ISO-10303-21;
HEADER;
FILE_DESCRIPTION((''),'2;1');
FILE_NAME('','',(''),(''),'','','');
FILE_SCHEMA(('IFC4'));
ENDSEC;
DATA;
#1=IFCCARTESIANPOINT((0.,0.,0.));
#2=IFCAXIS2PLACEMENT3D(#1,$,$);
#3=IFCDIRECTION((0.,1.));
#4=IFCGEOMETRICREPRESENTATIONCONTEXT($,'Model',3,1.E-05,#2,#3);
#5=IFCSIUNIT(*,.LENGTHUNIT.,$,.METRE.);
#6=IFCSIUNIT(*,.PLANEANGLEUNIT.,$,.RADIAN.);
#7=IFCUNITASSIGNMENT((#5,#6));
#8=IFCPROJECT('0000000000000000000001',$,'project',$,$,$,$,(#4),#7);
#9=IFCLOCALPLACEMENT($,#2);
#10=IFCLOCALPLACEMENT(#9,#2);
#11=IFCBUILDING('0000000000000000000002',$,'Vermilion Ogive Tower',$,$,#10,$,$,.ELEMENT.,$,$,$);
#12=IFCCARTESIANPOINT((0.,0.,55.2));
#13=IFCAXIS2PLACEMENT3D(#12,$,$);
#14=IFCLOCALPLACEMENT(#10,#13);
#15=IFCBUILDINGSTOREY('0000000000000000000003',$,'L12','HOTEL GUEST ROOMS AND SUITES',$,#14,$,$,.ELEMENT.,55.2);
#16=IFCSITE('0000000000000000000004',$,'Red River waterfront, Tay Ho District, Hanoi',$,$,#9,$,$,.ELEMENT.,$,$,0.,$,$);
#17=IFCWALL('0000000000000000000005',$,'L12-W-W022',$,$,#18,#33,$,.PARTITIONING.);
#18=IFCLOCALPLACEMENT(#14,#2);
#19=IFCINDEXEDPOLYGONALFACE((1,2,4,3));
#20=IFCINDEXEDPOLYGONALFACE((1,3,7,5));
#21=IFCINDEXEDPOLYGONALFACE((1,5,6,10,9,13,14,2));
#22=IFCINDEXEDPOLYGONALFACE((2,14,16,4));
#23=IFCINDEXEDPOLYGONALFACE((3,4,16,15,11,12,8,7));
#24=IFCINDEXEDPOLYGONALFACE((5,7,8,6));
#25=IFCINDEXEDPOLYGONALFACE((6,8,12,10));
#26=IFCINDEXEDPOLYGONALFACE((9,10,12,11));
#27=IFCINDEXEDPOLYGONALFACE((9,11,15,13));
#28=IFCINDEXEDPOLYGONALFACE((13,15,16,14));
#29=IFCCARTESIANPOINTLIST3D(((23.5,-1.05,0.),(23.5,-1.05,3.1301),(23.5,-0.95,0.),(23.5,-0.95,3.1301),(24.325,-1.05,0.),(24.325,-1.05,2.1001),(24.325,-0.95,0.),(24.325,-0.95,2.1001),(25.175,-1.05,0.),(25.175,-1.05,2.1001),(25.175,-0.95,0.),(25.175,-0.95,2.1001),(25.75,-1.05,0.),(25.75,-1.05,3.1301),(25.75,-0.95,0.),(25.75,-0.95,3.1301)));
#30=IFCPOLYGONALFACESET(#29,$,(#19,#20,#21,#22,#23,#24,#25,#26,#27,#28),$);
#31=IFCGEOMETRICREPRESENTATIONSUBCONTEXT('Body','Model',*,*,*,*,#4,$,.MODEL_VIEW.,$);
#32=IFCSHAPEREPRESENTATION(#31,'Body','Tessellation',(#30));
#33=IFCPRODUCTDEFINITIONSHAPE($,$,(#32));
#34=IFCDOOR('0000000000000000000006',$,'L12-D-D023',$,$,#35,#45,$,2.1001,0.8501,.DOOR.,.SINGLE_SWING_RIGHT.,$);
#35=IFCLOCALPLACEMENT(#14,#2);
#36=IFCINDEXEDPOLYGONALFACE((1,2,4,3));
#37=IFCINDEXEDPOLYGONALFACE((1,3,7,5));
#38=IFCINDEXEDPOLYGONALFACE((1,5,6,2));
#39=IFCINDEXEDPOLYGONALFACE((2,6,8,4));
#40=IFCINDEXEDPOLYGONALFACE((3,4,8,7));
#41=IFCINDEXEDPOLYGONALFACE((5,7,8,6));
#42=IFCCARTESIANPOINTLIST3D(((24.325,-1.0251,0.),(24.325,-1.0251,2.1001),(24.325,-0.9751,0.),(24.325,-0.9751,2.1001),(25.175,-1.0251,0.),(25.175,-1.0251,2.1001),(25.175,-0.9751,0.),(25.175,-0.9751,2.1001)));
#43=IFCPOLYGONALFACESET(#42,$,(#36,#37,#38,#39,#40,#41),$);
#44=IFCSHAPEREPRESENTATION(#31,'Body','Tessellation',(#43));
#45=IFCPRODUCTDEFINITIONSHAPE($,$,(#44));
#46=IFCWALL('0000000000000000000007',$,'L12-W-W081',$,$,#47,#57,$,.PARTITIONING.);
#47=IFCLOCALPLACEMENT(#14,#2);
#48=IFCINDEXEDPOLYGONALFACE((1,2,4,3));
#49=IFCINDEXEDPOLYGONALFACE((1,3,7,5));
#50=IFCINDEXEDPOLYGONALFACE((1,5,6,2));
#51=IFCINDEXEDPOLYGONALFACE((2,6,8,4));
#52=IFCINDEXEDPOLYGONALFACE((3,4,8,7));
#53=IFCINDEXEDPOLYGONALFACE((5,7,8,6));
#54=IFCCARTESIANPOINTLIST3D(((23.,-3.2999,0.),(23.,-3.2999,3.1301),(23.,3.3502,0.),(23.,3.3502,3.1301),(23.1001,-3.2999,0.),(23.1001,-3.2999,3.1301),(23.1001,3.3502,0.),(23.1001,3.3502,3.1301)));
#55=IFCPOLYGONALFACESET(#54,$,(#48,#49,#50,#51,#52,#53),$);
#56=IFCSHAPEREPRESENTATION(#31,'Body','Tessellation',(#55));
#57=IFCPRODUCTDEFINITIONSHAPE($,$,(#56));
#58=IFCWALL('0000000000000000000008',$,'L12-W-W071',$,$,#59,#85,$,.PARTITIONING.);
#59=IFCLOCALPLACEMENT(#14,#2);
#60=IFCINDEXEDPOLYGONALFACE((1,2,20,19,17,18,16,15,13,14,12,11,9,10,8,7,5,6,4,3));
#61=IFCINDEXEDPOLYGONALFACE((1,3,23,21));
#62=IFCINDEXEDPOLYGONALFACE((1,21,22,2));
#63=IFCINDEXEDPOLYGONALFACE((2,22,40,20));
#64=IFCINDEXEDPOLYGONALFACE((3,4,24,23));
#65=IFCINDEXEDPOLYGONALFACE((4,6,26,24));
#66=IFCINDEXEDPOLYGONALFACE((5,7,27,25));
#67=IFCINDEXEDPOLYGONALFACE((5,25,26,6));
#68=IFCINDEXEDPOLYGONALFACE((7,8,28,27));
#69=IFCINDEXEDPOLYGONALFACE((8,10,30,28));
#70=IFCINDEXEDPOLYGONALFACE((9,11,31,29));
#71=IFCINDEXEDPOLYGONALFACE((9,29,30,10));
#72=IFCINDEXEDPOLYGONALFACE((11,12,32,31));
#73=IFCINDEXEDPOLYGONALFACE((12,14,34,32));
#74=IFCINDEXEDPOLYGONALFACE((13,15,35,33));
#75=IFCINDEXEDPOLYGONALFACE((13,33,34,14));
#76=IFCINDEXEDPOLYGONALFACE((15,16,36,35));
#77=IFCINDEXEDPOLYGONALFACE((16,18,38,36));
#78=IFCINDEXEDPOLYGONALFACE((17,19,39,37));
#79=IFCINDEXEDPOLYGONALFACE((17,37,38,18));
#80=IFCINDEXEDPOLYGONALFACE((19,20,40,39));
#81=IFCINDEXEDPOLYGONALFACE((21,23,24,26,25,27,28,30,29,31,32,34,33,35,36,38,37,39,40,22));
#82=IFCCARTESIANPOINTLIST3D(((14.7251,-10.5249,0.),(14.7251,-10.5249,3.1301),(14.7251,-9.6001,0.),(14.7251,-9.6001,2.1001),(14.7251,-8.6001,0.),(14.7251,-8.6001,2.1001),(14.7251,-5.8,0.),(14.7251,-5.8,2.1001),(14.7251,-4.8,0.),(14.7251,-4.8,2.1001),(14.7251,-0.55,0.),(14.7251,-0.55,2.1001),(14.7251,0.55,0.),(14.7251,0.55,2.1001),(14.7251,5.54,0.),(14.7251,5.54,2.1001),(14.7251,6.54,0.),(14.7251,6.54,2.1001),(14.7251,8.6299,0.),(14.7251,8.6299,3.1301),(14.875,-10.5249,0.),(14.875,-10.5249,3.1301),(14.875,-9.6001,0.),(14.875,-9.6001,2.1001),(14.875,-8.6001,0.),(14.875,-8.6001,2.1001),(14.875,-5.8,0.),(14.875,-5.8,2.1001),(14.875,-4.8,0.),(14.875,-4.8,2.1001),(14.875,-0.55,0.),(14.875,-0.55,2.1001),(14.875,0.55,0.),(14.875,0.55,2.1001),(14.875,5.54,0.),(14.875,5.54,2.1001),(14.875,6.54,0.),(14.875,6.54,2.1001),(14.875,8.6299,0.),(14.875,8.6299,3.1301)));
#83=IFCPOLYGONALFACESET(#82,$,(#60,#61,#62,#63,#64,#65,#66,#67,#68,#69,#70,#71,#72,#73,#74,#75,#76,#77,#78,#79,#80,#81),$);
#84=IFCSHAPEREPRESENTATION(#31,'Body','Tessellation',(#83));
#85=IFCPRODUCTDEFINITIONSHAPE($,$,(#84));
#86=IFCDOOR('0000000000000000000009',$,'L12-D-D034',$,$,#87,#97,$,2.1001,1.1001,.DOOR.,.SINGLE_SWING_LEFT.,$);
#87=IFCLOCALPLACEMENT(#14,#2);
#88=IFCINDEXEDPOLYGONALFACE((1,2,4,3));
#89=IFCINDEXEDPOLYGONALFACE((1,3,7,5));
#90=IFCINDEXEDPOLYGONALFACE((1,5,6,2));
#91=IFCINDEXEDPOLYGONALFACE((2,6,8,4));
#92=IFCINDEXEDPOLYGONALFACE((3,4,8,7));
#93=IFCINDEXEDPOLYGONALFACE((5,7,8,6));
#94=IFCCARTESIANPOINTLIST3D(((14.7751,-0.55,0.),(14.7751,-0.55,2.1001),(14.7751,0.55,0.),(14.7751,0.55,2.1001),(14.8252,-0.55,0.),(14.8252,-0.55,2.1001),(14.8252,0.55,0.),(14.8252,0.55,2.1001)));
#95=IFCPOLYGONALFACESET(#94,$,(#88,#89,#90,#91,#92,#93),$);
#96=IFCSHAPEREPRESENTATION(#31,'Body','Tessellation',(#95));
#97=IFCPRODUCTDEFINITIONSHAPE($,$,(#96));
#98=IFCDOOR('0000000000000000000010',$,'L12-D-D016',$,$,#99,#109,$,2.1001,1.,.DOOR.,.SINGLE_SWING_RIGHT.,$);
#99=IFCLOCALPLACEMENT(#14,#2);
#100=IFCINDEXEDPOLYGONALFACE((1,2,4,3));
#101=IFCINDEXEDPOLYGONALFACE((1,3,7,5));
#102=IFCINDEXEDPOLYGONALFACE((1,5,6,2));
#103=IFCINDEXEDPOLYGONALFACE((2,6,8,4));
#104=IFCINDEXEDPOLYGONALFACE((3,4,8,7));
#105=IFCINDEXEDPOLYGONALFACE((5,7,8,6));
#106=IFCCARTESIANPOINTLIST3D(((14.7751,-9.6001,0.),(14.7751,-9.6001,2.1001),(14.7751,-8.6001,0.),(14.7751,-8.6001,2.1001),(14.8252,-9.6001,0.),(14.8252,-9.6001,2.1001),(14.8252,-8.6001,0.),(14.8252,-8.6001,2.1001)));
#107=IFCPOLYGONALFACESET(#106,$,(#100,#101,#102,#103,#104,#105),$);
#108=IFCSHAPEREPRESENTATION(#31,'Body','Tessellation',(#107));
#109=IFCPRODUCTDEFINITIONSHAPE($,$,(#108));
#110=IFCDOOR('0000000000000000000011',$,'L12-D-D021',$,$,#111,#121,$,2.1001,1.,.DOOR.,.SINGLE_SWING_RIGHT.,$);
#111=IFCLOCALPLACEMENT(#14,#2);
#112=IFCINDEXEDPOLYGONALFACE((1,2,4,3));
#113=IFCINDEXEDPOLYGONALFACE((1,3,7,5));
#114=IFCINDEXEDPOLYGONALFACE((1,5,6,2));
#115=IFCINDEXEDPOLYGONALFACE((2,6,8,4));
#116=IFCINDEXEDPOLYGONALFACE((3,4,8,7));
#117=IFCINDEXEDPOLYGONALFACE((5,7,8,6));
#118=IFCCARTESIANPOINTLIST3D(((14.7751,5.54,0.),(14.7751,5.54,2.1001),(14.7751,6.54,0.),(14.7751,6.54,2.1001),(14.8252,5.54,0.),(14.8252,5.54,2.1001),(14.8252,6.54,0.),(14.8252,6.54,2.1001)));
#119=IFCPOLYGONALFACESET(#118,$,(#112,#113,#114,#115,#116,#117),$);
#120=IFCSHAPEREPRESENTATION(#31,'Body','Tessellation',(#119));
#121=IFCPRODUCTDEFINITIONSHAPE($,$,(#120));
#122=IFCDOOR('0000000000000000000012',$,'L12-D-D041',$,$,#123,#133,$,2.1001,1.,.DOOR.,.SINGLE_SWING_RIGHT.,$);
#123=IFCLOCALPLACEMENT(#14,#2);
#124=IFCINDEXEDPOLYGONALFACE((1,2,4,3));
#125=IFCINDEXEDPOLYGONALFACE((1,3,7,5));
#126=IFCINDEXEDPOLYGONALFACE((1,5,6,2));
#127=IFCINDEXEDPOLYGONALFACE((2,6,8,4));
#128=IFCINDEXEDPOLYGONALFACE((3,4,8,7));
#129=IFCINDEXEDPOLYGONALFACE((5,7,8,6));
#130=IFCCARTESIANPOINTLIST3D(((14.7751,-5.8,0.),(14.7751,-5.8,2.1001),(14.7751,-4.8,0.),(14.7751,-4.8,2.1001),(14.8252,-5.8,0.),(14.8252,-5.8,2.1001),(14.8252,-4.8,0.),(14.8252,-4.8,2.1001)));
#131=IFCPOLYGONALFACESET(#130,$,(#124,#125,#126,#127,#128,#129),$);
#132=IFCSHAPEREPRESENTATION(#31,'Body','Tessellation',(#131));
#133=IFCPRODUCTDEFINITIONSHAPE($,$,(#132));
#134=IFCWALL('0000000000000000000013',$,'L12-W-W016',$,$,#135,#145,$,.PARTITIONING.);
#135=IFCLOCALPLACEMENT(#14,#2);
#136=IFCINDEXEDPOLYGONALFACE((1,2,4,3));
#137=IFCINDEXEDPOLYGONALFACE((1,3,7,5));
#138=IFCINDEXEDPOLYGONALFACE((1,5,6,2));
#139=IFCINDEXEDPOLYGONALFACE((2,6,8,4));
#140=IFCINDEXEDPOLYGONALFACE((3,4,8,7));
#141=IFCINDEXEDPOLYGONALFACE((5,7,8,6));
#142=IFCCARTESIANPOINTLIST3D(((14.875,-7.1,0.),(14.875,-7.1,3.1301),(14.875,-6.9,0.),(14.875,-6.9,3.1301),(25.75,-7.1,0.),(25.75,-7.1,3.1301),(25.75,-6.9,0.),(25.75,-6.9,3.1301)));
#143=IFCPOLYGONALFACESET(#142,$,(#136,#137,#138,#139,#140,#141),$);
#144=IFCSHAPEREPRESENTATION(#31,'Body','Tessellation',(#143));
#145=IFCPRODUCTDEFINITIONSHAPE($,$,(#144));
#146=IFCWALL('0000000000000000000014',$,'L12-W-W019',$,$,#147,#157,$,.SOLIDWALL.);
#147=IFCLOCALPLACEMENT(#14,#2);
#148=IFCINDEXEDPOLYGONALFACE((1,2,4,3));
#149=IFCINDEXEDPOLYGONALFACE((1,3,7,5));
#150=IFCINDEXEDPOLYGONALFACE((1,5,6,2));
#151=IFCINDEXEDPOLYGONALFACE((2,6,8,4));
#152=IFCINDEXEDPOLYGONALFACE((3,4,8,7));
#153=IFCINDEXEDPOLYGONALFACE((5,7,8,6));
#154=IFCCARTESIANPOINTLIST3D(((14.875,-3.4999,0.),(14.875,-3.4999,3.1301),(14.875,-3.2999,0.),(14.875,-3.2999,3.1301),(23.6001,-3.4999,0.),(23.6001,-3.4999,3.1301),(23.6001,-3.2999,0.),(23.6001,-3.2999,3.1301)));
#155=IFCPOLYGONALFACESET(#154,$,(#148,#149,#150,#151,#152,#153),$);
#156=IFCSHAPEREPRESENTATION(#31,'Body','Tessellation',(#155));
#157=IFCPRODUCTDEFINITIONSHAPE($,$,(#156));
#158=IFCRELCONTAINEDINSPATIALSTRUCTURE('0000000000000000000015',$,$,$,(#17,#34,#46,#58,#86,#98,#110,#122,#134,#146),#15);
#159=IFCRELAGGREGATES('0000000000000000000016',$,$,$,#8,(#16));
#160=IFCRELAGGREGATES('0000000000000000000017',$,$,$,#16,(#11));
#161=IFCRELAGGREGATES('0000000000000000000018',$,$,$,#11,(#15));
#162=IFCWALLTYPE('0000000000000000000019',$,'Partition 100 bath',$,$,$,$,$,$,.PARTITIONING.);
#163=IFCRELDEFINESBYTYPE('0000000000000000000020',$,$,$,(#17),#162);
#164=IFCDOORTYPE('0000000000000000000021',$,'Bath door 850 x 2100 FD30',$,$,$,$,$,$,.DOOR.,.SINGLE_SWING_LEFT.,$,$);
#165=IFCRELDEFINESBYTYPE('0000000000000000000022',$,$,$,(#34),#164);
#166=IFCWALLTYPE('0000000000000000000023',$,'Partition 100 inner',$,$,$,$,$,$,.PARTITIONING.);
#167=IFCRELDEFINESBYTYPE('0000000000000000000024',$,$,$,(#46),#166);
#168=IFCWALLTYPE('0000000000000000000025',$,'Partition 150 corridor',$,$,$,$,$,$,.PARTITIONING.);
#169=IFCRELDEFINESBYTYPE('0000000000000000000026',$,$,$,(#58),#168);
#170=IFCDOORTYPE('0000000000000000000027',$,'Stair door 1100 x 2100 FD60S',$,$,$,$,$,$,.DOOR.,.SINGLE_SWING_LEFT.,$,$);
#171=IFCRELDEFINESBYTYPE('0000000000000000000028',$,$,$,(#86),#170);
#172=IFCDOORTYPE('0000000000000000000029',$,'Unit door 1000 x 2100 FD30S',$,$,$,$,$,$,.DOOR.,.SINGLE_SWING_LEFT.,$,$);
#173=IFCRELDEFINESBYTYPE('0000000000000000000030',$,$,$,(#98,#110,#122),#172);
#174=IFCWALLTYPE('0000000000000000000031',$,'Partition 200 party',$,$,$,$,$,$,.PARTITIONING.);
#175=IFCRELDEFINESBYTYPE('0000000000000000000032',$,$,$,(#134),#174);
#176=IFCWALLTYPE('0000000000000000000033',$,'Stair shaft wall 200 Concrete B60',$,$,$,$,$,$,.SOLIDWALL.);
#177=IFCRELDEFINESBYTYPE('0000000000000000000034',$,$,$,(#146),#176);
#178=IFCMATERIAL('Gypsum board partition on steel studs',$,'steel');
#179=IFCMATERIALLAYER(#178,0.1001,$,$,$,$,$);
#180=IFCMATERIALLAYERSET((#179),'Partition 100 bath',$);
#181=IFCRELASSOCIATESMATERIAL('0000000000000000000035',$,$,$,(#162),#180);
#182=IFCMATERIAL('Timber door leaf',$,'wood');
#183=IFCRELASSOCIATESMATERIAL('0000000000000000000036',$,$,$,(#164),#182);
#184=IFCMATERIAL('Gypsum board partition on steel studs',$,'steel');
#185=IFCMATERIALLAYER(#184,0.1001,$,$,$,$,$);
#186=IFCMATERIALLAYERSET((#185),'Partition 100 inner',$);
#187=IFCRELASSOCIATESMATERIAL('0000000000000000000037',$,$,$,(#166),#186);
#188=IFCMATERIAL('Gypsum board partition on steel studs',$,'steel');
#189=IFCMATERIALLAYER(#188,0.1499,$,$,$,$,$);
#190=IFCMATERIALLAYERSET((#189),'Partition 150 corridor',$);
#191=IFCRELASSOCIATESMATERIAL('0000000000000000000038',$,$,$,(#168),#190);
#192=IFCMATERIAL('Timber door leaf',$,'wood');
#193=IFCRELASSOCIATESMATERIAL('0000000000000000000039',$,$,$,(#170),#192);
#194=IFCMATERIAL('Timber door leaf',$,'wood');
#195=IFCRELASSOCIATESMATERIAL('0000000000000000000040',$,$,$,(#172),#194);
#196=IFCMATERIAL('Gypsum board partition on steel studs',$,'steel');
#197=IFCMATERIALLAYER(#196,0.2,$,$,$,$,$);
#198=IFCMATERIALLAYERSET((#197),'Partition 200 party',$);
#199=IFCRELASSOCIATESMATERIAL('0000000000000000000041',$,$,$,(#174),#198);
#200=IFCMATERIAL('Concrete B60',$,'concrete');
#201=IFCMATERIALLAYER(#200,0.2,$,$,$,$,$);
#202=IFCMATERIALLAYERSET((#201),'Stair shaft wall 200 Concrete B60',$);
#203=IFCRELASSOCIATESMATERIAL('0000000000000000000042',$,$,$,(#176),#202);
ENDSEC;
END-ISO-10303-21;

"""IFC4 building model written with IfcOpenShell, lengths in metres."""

from ifc_helpers import new_model, si_unit, direction, frame, frame_2d, origin, place, context, subcontext, project, spatial, rectangle, extrude, material, layer, layer_set, type_object, element, fill, save


model = new_model("IFC4")

# Units and contexts
model_context = context("Model", 3, precision=1e-05, world=origin(), true_north=direction((0.0, 1.0)))
body_context = subcontext(model_context, "Body", "Model", "MODEL_VIEW")
ifc_project = project(units=[si_unit("LENGTHUNIT", "METRE"), si_unit("PLANEANGLEUNIT", "RADIAN")], contexts=[model_context])

# Site, building, storey
site_placement = place(None, origin())
site = spatial("IfcSite", under=ifc_project, at=site_placement, Name="Red River waterfront, Tay Ho District, Hanoi", CompositionType="ELEMENT", RefElevation=0.0)
building_placement = place(site_placement, origin())
building = spatial("IfcBuilding", under=site, at=building_placement, Name="Vermilion Ogive Tower", CompositionType="ELEMENT")
storey_placement = place(building_placement, frame((0.0, 0.0, 55.2)))
storey = spatial("IfcBuildingStorey", under=building, at=storey_placement, Name="L12", Description="HOTEL GUEST ROOMS AND SUITES", CompositionType="ELEMENT", Elevation=55.2)

# Shared definitions
ifc_material_1 = material(Name="Gypsum board partition on steel studs", Category="steel")
ifc_layer_1 = layer(ifc_material_1, 0.1001)
ifc_layer_set_1 = layer_set([ifc_layer_1], Name="Partition 100 bath")
wall_type_1 = type_object("IfcWallType", Name="Partition 100 bath", PredefinedType="PARTITIONING", material=ifc_layer_set_1)

# Wall, opening, door
wall_1_placement = place(storey_placement, frame((23.5, -1.0, 0.0), z_axis=(0.0, 0.0, 1.0), x_axis=(1.0, 0.0, 0.0)))
wall_1 = element("IfcWall", 1, at=wall_1_placement, inside=storey, type_object=wall_type_1, Name="L12-W-W022", PredefinedType="PARTITIONING", context=body_context, shape_type="SweptSolid", body=[
    extrude(rectangle(XDim=2.25, YDim=0.1001, at=frame_2d((1.125, 0.0))), origin(), (0.0, 0.0, 1.0), 3.1301),
])
opening_1_placement = place(wall_1_placement, frame((0.825, 0.0, 0.0)))
opening_1 = element("IfcOpeningElement", 2, at=opening_1_placement, cuts=wall_1, PredefinedType="OPENING", context=body_context, shape_type="SweptSolid", body=[
    extrude(rectangle(XDim=0.8501, YDim=2.1001, at=frame_2d((0.425, 1.05))), frame((0.0, 0.0601, 0.0), z_axis=(0.0, -1.0, 0.0), x_axis=(1.0, 0.0, 0.0)), (0.0, 0.0, 1.0), 0.1201),
])
ifc_material_2 = material(Name="Timber door leaf", Category="wood")
door_type_1 = type_object("IfcDoorType", Name="Bath door 850 x 2100 FD30", OperationType="SINGLE_SWING_LEFT", PredefinedType="DOOR", material=ifc_material_2)
door_1_placement = place(opening_1_placement, origin())
door_1 = element("IfcDoor", 3, at=door_1_placement, inside=storey, type_object=door_type_1, Name="L12-D-D023", OperationType="SINGLE_SWING_RIGHT", OverallHeight=2.1001, OverallWidth=0.8501, PredefinedType="DOOR", context=body_context, shape_type="SweptSolid", body=[
    extrude(rectangle(XDim=0.8501, YDim=2.1001, at=frame_2d((0.425, 1.05))), frame((0.0, 0.0249, 0.0), z_axis=(0.0, -1.0, 0.0), x_axis=(1.0, 0.0, 0.0)), (0.0, 0.0, 1.0), 0.05),
])
fill(opening_1, door_1)

# Wall
ifc_material_3 = material(Name="Gypsum board partition on steel studs", Category="steel")
ifc_layer_2 = layer(ifc_material_3, 0.1001)
ifc_layer_set_2 = layer_set([ifc_layer_2], Name="Partition 100 inner")
wall_type_2 = type_object("IfcWallType", Name="Partition 100 inner", PredefinedType="PARTITIONING", material=ifc_layer_set_2)
wall_2_placement = place(storey_placement, frame((23.05, -3.3, 0.0), z_axis=(0.0, 0.0, 1.0), x_axis=(0.0, 1.0, 0.0)))
element("IfcWall", 4, at=wall_2_placement, inside=storey, type_object=wall_type_2, Name="L12-W-W081", PredefinedType="PARTITIONING", context=body_context, shape_type="SweptSolid", body=[
    extrude(rectangle(XDim=6.6501, YDim=0.1001, at=frame_2d((3.3252, 0.0))), origin(), (0.0, 0.0, 1.0), 3.1301),
])

# Wall, openings, doors
ifc_material_4 = material(Name="Gypsum board partition on steel studs", Category="steel")
ifc_layer_3 = layer(ifc_material_4, 0.1499)
ifc_layer_set_3 = layer_set([ifc_layer_3], Name="Partition 150 corridor")
wall_type_3 = type_object("IfcWallType", Name="Partition 150 corridor", PredefinedType="PARTITIONING", material=ifc_layer_set_3)
wall_3_placement = place(storey_placement, frame((14.8, -10.5249, 0.0), z_axis=(0.0, 0.0, 1.0), x_axis=(0.0, 1.0, 0.0)))
wall_3 = element("IfcWall", 5, at=wall_3_placement, inside=storey, type_object=wall_type_3, Name="L12-W-W071", PredefinedType="PARTITIONING", context=body_context, shape_type="SweptSolid", body=[
    extrude(rectangle(XDim=19.1548, YDim=0.1499, at=frame_2d((9.5774, 0.0))), origin(), (0.0, 0.0, 1.0), 3.1301),
])
opening_2_placement = place(wall_3_placement, frame((0.9248, 0.0, 0.0)))
opening_2 = element("IfcOpeningElement", 6, at=opening_2_placement, cuts=wall_3, PredefinedType="OPENING", context=body_context, shape_type="SweptSolid", body=[
    extrude(rectangle(XDim=1.0, YDim=2.1001, at=frame_2d((0.5, 1.05))), frame((0.0, 0.085, 0.0), z_axis=(0.0, -1.0, 0.0), x_axis=(1.0, 0.0, 0.0)), (0.0, 0.0, 1.0), 0.1699),
])
opening_3_placement = place(wall_3_placement, frame((16.0649, 0.0, 0.0)))
opening_3 = element("IfcOpeningElement", 7, at=opening_3_placement, cuts=wall_3, PredefinedType="OPENING", context=body_context, shape_type="SweptSolid", body=[
    extrude(rectangle(XDim=1.0, YDim=2.1001, at=frame_2d((0.5, 1.05))), frame((0.0, 0.085, 0.0), z_axis=(0.0, -1.0, 0.0), x_axis=(1.0, 0.0, 0.0)), (0.0, 0.0, 1.0), 0.1699),
])
opening_4_placement = place(wall_3_placement, frame((9.9749, 0.0, 0.0)))
opening_4 = element("IfcOpeningElement", 8, at=opening_4_placement, cuts=wall_3, PredefinedType="OPENING", context=body_context, shape_type="SweptSolid", body=[
    extrude(rectangle(XDim=1.1001, YDim=2.1001, at=frame_2d((0.55, 1.05))), frame((0.0, 0.085, 0.0), z_axis=(0.0, -1.0, 0.0), x_axis=(1.0, 0.0, 0.0)), (0.0, 0.0, 1.0), 0.1699),
])
opening_5_placement = place(wall_3_placement, frame((4.7249, 0.0, 0.0)))
opening_5 = element("IfcOpeningElement", 9, at=opening_5_placement, cuts=wall_3, PredefinedType="OPENING", context=body_context, shape_type="SweptSolid", body=[
    extrude(rectangle(XDim=1.0, YDim=2.1001, at=frame_2d((0.5, 1.05))), frame((0.0, 0.085, 0.0), z_axis=(0.0, -1.0, 0.0), x_axis=(1.0, 0.0, 0.0)), (0.0, 0.0, 1.0), 0.1699),
])
ifc_material_5 = material(Name="Timber door leaf", Category="wood")
door_type_2 = type_object("IfcDoorType", Name="Stair door 1100 x 2100 FD60S", OperationType="SINGLE_SWING_LEFT", PredefinedType="DOOR", material=ifc_material_5)
door_2_placement = place(opening_4_placement, origin())
door_2 = element("IfcDoor", 10, at=door_2_placement, inside=storey, type_object=door_type_2, Name="L12-D-D034", OperationType="SINGLE_SWING_LEFT", OverallHeight=2.1001, OverallWidth=1.1001, PredefinedType="DOOR", context=body_context, shape_type="SweptSolid", body=[
    extrude(rectangle(XDim=1.1001, YDim=2.1001, at=frame_2d((0.55, 1.05))), frame((0.0, 0.0249, 0.0), z_axis=(0.0, -1.0, 0.0), x_axis=(1.0, 0.0, 0.0)), (0.0, 0.0, 1.0), 0.05),
])
fill(opening_4, door_2)
ifc_material_6 = material(Name="Timber door leaf", Category="wood")
door_type_3 = type_object("IfcDoorType", Name="Unit door 1000 x 2100 FD30S", OperationType="SINGLE_SWING_LEFT", PredefinedType="DOOR", material=ifc_material_6)
door_3_placement = place(opening_2_placement, origin())
door_3 = element("IfcDoor", 11, at=door_3_placement, inside=storey, type_object=door_type_3, Name="L12-D-D016", OperationType="SINGLE_SWING_RIGHT", OverallHeight=2.1001, OverallWidth=1.0, PredefinedType="DOOR", context=body_context, shape_type="SweptSolid", body=[
    extrude(rectangle(XDim=1.0, YDim=2.1001, at=frame_2d((0.5, 1.05))), frame((0.0, 0.0249, 0.0), z_axis=(0.0, -1.0, 0.0), x_axis=(1.0, 0.0, 0.0)), (0.0, 0.0, 1.0), 0.05),
])
fill(opening_2, door_3)
door_4_placement = place(opening_3_placement, origin())
door_4 = element("IfcDoor", 12, at=door_4_placement, inside=storey, type_object=door_type_3, Name="L12-D-D021", OperationType="SINGLE_SWING_RIGHT", OverallHeight=2.1001, OverallWidth=1.0, PredefinedType="DOOR", context=body_context, shape_type="SweptSolid", body=[
    extrude(rectangle(XDim=1.0, YDim=2.1001, at=frame_2d((0.5, 1.05))), frame((0.0, 0.0249, 0.0), z_axis=(0.0, -1.0, 0.0), x_axis=(1.0, 0.0, 0.0)), (0.0, 0.0, 1.0), 0.05),
])
fill(opening_3, door_4)
door_5_placement = place(opening_5_placement, origin())
door_5 = element("IfcDoor", 13, at=door_5_placement, inside=storey, type_object=door_type_3, Name="L12-D-D041", OperationType="SINGLE_SWING_RIGHT", OverallHeight=2.1001, OverallWidth=1.0, PredefinedType="DOOR", context=body_context, shape_type="SweptSolid", body=[
    extrude(rectangle(XDim=1.0, YDim=2.1001, at=frame_2d((0.5, 1.05))), frame((0.0, 0.0249, 0.0), z_axis=(0.0, -1.0, 0.0), x_axis=(1.0, 0.0, 0.0)), (0.0, 0.0, 1.0), 0.05),
])
fill(opening_5, door_5)

# Walls
ifc_material_7 = material(Name="Gypsum board partition on steel studs", Category="steel")
ifc_layer_4 = layer(ifc_material_7, 0.2)
ifc_layer_set_4 = layer_set([ifc_layer_4], Name="Partition 200 party")
wall_type_4 = type_object("IfcWallType", Name="Partition 200 party", PredefinedType="PARTITIONING", material=ifc_layer_set_4)
wall_4_placement = place(storey_placement, frame((14.875, -7.0, 0.0), z_axis=(0.0, 0.0, 1.0), x_axis=(1.0, 0.0, 0.0)))
element("IfcWall", 14, at=wall_4_placement, inside=storey, type_object=wall_type_4, Name="L12-W-W016", PredefinedType="PARTITIONING", context=body_context, shape_type="SweptSolid", body=[
    extrude(rectangle(XDim=10.875, YDim=0.2, at=frame_2d((5.4375, 0.0))), origin(), (0.0, 0.0, 1.0), 3.1301),
])
ifc_material_8 = material(Name="Concrete B60", Category="concrete")
ifc_layer_5 = layer(ifc_material_8, 0.2)
ifc_layer_set_5 = layer_set([ifc_layer_5], Name="Stair shaft wall 200 Concrete B60")
wall_type_5 = type_object("IfcWallType", Name="Stair shaft wall 200 Concrete B60", PredefinedType="SOLIDWALL", material=ifc_layer_set_5)
wall_5_placement = place(storey_placement, frame((14.875, -3.3999, 0.0), z_axis=(0.0, 0.0, 1.0), x_axis=(1.0, 0.0, 0.0)))
element("IfcWall", 15, at=wall_5_placement, inside=storey, type_object=wall_type_5, Name="L12-W-W019", PredefinedType="SOLIDWALL", context=body_context, shape_type="SweptSolid", body=[
    extrude(rectangle(XDim=8.7251, YDim=0.2, at=frame_2d((4.3625, 0.0))), origin(), (0.0, 0.0, 1.0), 3.1301),
])

save(model, "model.ifc")
